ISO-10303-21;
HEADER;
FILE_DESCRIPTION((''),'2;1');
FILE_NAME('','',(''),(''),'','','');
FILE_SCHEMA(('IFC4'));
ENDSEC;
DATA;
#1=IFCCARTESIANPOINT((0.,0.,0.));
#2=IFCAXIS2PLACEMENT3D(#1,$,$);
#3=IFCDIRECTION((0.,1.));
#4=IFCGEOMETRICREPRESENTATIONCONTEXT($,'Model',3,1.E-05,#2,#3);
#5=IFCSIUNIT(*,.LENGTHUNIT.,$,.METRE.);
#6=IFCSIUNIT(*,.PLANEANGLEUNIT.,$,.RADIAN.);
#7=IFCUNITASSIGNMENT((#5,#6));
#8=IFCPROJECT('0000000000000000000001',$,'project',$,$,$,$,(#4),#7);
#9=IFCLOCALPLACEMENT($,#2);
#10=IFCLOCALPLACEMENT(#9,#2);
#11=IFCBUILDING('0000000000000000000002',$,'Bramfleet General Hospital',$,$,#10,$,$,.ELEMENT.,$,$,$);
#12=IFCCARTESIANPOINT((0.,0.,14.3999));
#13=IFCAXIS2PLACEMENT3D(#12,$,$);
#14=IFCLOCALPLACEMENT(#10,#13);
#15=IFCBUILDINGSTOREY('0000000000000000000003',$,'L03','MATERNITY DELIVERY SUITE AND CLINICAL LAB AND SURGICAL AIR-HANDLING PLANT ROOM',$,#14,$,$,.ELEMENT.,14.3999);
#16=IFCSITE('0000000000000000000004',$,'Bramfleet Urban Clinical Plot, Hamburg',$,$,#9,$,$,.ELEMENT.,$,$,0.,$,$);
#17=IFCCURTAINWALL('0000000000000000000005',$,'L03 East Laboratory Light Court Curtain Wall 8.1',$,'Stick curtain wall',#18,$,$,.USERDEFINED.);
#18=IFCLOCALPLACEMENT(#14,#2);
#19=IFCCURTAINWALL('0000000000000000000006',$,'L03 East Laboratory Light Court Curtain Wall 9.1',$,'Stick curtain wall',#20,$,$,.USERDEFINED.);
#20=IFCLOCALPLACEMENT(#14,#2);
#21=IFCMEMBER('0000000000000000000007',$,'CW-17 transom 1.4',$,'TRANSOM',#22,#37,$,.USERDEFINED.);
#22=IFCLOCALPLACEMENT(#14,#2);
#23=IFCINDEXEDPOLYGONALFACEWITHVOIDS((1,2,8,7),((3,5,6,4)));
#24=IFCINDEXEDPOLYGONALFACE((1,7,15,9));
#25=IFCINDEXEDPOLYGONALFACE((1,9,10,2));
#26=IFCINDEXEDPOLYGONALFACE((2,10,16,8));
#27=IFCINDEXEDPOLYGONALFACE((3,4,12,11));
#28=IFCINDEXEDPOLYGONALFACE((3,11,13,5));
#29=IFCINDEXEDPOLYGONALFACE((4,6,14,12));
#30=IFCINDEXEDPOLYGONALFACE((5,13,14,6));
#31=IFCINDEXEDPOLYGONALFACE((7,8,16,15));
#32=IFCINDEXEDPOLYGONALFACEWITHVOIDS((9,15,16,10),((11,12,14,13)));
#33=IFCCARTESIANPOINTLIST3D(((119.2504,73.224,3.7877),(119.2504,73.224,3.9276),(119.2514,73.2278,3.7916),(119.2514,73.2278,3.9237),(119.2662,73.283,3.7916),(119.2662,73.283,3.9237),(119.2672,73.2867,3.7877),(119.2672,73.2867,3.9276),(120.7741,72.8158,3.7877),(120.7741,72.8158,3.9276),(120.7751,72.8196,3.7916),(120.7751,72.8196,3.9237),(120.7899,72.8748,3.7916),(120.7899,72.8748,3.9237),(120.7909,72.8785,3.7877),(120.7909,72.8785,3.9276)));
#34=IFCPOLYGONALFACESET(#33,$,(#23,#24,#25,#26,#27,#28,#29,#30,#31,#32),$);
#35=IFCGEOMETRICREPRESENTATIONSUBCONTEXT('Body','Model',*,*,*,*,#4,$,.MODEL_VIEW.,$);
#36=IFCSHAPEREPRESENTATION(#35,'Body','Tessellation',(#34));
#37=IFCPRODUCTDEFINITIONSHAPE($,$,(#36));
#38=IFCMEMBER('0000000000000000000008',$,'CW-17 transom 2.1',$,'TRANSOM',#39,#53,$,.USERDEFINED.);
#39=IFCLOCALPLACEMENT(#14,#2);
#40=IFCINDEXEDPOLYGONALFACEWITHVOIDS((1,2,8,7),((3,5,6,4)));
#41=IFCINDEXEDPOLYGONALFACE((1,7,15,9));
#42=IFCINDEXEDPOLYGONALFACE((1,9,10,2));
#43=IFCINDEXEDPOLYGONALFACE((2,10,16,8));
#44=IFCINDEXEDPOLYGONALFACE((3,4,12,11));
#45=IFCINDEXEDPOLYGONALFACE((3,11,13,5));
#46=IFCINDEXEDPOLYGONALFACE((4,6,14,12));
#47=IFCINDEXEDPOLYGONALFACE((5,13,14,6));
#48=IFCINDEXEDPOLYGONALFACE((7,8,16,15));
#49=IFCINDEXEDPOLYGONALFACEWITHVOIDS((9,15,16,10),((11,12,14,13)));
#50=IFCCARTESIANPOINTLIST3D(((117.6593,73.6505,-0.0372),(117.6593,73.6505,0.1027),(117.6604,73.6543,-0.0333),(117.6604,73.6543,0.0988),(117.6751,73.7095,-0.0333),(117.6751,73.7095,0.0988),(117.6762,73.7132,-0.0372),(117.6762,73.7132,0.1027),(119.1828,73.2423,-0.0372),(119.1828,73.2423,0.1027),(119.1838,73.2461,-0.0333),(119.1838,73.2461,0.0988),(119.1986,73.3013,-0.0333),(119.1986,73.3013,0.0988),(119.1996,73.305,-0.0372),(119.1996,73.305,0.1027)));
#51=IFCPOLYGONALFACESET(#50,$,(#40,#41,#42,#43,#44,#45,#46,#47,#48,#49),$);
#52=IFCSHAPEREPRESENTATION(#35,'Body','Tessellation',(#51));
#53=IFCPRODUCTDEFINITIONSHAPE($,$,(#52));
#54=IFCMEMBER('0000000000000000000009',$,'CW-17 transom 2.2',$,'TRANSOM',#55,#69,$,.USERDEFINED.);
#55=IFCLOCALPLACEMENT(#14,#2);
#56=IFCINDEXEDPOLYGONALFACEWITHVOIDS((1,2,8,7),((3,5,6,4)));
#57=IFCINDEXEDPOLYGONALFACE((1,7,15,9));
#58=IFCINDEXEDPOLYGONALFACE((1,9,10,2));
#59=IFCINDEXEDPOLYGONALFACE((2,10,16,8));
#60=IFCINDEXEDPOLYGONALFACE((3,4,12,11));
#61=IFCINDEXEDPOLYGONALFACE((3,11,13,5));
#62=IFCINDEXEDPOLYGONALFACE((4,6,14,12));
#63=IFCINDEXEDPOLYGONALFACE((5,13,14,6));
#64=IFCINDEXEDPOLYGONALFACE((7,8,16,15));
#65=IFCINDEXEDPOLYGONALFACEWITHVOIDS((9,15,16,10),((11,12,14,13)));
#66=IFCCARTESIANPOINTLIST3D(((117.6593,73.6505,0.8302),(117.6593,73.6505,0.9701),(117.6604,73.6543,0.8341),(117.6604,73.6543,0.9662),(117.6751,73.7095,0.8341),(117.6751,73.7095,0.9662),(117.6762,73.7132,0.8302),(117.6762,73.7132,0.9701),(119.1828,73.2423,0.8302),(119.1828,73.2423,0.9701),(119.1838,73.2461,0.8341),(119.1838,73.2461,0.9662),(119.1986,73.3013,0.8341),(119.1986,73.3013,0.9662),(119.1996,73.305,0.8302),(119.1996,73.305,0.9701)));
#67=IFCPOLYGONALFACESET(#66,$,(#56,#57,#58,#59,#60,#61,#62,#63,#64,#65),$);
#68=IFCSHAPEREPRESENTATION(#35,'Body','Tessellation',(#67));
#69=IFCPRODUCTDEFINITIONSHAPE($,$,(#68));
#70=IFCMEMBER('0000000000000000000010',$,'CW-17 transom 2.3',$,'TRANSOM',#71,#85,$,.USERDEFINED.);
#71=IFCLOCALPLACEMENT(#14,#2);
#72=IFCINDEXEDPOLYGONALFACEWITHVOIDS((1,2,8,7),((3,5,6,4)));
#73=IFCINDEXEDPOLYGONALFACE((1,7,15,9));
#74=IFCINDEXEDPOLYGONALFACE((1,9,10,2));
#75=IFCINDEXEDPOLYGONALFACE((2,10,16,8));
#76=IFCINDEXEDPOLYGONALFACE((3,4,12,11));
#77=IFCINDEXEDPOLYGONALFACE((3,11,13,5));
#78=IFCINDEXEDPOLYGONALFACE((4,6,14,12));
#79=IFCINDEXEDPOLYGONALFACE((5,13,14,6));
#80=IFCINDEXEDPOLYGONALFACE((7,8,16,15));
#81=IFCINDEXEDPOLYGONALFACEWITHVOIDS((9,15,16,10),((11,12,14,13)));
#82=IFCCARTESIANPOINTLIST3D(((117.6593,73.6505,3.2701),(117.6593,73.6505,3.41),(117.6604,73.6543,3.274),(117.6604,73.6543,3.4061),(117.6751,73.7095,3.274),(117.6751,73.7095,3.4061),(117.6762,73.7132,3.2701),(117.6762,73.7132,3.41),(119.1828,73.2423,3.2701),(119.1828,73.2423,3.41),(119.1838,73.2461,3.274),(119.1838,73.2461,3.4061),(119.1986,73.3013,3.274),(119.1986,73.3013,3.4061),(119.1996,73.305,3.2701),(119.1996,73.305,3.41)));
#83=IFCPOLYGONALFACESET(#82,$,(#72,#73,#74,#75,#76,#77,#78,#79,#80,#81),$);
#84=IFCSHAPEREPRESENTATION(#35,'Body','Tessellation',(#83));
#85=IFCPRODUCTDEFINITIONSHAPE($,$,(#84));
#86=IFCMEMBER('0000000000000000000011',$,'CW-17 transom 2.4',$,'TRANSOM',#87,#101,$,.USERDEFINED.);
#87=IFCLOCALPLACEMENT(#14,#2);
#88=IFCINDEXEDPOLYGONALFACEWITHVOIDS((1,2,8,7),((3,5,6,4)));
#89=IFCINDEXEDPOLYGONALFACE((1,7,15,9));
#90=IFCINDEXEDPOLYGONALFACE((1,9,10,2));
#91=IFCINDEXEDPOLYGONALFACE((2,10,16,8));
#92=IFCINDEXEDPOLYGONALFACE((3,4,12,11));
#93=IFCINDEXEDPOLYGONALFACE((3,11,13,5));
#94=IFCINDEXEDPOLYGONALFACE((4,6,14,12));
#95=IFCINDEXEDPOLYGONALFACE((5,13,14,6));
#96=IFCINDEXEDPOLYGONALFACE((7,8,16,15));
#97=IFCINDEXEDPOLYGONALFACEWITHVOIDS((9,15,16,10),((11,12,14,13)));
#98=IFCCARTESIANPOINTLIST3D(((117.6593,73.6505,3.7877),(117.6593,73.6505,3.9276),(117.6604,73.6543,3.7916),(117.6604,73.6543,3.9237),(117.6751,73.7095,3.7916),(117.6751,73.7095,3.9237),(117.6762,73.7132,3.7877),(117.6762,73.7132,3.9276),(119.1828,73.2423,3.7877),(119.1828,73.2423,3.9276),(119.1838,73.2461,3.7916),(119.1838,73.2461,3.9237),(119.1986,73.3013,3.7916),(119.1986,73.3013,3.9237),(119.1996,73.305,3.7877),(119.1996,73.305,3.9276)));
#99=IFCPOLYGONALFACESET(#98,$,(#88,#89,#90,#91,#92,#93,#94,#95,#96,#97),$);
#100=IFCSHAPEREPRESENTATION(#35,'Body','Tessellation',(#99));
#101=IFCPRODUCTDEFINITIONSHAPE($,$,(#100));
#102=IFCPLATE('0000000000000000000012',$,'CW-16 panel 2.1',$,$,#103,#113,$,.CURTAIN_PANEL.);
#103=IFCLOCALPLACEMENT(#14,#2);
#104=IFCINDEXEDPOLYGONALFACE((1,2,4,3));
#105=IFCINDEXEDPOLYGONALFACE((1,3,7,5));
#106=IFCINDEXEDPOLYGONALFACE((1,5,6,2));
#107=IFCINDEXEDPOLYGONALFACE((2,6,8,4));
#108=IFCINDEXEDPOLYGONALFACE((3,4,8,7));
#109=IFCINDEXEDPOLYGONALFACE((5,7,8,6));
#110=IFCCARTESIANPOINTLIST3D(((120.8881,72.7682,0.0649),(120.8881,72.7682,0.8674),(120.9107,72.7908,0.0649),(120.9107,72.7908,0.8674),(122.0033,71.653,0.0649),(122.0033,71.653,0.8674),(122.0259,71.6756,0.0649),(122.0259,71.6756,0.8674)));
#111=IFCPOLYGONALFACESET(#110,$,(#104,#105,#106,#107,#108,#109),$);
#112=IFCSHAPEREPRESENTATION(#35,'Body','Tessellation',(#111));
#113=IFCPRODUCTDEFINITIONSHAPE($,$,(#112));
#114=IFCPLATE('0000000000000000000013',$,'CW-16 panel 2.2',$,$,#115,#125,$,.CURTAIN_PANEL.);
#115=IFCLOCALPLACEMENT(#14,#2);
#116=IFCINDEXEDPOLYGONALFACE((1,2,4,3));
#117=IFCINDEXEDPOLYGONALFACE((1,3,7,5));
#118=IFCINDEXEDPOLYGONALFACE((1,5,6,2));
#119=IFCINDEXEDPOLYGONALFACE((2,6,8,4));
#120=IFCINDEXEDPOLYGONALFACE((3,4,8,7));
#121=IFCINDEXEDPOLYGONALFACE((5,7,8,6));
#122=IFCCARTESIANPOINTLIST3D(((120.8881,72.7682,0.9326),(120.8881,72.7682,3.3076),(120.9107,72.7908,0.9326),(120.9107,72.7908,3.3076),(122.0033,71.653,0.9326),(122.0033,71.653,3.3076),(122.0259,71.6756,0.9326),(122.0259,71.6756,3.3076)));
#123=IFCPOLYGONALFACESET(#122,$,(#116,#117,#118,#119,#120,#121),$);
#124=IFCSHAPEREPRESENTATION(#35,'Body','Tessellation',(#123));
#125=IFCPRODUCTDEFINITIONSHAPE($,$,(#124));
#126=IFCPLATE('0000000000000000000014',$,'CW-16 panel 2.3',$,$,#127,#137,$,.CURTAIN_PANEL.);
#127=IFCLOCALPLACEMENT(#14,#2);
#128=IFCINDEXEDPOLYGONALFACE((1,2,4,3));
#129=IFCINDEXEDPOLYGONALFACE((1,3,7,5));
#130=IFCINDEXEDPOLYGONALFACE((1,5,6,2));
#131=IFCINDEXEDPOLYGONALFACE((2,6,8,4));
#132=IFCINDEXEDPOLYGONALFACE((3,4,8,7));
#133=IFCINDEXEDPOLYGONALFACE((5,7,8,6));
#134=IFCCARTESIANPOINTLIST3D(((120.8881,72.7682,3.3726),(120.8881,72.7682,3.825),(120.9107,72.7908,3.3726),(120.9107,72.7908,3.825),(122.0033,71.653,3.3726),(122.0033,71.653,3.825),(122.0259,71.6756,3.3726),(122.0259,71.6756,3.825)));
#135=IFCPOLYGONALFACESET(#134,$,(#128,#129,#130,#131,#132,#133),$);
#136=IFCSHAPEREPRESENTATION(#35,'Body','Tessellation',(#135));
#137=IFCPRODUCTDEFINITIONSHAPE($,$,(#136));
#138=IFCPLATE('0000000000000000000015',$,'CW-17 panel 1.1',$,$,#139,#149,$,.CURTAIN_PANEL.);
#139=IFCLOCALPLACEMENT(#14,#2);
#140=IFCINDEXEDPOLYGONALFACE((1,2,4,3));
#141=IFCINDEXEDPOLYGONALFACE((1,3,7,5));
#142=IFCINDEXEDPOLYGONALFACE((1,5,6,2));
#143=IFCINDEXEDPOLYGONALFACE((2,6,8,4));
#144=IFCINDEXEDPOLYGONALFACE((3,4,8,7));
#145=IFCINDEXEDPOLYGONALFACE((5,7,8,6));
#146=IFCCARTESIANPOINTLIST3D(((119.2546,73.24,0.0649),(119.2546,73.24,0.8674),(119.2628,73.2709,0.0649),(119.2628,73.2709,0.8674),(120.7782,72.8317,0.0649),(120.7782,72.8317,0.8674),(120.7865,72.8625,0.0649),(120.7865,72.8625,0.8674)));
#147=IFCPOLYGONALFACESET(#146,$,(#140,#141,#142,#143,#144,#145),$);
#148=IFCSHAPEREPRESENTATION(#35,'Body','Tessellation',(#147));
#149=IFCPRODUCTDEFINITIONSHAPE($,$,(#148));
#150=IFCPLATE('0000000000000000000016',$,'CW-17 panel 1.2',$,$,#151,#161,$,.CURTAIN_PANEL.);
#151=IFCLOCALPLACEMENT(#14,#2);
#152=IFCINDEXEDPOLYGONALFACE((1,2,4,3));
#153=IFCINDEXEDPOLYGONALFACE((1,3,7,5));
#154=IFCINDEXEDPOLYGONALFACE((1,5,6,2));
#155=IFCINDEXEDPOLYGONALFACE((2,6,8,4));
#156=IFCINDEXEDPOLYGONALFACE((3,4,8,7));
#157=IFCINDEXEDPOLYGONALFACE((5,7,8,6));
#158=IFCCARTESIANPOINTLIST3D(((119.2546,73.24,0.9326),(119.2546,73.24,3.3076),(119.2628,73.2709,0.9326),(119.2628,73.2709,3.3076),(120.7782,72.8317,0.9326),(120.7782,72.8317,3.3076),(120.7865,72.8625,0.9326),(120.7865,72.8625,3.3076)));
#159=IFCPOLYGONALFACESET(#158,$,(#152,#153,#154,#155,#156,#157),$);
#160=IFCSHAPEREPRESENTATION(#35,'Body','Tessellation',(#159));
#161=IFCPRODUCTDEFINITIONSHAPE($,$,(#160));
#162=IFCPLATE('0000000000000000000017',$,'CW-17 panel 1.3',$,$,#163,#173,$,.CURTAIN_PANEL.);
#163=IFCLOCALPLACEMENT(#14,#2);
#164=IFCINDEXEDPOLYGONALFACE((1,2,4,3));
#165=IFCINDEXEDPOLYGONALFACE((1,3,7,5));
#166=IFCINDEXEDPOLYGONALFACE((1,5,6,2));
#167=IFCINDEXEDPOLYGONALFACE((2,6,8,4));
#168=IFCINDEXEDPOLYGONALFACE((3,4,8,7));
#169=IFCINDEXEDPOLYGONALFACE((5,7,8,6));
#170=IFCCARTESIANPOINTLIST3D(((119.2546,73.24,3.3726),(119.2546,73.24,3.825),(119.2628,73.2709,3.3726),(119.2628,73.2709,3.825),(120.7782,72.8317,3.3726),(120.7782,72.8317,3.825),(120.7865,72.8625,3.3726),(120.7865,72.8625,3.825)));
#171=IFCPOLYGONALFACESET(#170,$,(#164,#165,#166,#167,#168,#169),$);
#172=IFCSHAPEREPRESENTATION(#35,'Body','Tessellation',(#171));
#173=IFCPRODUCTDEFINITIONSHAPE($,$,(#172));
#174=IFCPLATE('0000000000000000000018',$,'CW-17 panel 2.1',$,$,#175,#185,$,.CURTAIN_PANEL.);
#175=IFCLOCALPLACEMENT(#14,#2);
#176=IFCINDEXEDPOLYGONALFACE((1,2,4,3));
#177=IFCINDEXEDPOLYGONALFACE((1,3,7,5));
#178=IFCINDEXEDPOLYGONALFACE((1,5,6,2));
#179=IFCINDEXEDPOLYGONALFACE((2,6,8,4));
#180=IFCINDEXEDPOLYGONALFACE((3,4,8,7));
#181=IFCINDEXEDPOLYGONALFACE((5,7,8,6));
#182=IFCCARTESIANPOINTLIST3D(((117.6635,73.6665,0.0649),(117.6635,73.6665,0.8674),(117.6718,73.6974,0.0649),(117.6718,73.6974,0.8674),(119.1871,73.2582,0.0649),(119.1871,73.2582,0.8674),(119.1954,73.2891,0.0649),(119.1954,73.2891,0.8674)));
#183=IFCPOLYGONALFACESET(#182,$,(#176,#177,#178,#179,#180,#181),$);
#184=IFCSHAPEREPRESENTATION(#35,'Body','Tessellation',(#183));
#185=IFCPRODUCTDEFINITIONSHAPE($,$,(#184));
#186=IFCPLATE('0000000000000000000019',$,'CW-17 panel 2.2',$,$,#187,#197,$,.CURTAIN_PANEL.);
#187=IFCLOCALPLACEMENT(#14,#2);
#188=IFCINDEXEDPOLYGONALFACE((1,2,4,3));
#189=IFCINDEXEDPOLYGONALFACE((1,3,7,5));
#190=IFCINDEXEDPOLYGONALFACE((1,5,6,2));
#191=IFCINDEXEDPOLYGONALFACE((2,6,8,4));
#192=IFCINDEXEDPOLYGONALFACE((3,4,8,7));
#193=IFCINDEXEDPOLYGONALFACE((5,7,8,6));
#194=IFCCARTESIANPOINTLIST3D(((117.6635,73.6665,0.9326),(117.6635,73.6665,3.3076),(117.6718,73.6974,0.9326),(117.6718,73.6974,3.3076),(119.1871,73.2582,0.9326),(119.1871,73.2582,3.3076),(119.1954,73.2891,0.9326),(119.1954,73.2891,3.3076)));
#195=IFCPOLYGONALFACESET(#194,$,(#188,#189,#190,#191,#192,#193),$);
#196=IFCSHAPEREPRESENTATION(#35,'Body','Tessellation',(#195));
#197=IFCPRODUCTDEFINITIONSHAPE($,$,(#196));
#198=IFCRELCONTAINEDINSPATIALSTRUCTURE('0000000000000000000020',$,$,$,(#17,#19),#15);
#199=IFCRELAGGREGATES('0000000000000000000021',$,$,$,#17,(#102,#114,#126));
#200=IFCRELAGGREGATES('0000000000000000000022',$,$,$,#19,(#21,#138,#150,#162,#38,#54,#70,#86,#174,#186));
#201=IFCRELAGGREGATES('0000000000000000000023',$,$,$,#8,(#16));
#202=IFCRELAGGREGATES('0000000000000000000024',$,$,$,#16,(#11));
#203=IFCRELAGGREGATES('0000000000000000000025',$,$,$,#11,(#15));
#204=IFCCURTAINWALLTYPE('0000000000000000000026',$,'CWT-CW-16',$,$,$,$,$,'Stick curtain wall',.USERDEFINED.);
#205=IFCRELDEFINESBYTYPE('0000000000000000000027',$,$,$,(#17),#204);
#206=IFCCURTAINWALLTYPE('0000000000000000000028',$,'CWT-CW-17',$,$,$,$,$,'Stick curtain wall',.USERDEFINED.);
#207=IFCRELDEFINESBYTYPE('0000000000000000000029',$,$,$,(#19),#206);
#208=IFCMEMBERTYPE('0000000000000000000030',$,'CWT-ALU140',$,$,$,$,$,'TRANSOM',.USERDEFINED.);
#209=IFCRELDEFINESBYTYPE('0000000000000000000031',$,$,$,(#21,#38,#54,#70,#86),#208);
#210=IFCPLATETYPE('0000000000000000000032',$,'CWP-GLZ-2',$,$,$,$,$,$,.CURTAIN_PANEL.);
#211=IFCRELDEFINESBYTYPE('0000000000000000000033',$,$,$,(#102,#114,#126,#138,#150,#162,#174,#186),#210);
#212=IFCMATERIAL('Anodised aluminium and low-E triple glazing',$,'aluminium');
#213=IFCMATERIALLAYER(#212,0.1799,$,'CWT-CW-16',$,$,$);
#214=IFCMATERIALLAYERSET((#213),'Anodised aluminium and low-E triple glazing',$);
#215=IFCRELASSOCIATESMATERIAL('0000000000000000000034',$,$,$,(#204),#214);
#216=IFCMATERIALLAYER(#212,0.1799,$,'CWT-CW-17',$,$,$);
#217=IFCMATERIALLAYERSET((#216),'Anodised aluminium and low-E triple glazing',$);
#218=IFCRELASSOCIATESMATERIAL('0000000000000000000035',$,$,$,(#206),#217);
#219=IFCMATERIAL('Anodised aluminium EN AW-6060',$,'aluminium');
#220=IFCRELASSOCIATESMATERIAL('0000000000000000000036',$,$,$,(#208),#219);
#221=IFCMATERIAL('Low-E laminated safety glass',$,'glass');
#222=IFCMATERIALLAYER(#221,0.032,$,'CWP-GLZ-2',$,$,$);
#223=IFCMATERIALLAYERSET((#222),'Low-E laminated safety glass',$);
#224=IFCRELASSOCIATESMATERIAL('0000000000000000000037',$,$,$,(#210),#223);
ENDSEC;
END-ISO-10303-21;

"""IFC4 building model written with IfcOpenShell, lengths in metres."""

from ifc_helpers import new_model, si_unit, direction, frame, origin, origin_2d, place, context, subcontext, project, spatial, rectangle, hollow_rectangle, extrude, material, layer, layer_set, material_profile, profile_set, type_object, element, aggregate, save


model = new_model("IFC4")

# Units and contexts
model_context = context("Model", 3, precision=1e-05, world=origin(), true_north=direction((0.0, 1.0)))
body_context = subcontext(model_context, "Body", "Model", "MODEL_VIEW")
ifc_project = project(units=[si_unit("LENGTHUNIT", "METRE"), si_unit("PLANEANGLEUNIT", "RADIAN")], contexts=[model_context])

# Site, building, storey
site_placement = place(None, origin())
site = spatial("IfcSite", under=ifc_project, at=site_placement, Name="Bramfleet Urban Clinical Plot, Hamburg", CompositionType="ELEMENT", RefElevation=0.0)
building_placement = place(site_placement, origin())
building = spatial("IfcBuilding", under=site, at=building_placement, Name="Bramfleet General Hospital", CompositionType="ELEMENT")
storey_placement = place(building_placement, frame((0.0, 0.0, 14.3999)))
storey = spatial("IfcBuildingStorey", under=building, at=storey_placement, Name="L03", Description="MATERNITY DELIVERY SUITE AND CLINICAL LAB AND SURGICAL AIR-HANDLING PLANT ROOM", CompositionType="ELEMENT", Elevation=14.3999)

# Curtain wall
ifc_material_1 = material(Name="Anodised aluminium and low-E triple glazing", Category="aluminium")
ifc_layer_1 = layer(ifc_material_1, 0.1799, Name="CWT-CW-16")
ifc_layer_set_1 = layer_set([ifc_layer_1], Name="Anodised aluminium and low-E triple glazing")
curtain_wall_type_1 = type_object("IfcCurtainWallType", Name="CWT-CW-16", ElementType="Stick curtain wall", PredefinedType="USERDEFINED", material=ifc_layer_set_1)
curtain_wall_1_placement = place(storey_placement, origin())
curtain_wall_1 = element("IfcCurtainWall", 1, at=curtain_wall_1_placement, inside=storey, type_object=curtain_wall_type_1, Name="L03 East Laboratory Light Court Curtain Wall 8.1", ObjectType="Stick curtain wall", PredefinedType="USERDEFINED")
ifc_material_2 = material(Name="Anodised aluminium EN AW-6060", Category="aluminium")

# Curtain wall, members
ifc_layer_2 = layer(ifc_material_1, 0.1799, Name="CWT-CW-17")
ifc_layer_set_2 = layer_set([ifc_layer_2], Name="Anodised aluminium and low-E triple glazing")
curtain_wall_type_2 = type_object("IfcCurtainWallType", Name="CWT-CW-17", ElementType="Stick curtain wall", PredefinedType="USERDEFINED", material=ifc_layer_set_2)
curtain_wall_2_placement = place(storey_placement, origin())
curtain_wall_2 = element("IfcCurtainWall", 2, at=curtain_wall_2_placement, inside=storey, type_object=curtain_wall_type_2, Name="L03 East Laboratory Light Court Curtain Wall 9.1", ObjectType="Stick curtain wall", PredefinedType="USERDEFINED")
ifc_material_profile_1 = material_profile(ifc_material_2, hollow_rectangle(XDim=0.0649, YDim=0.1399, WallThickness=0.0039, at=origin_2d()), Name="ALU 140x65x4.0")
ifc_profile_set_1 = profile_set([ifc_material_profile_1], Name="Anodised aluminium EN AW-6060")
member_type_1 = type_object("IfcMemberType", Name="CWT-ALU140", ElementType="TRANSOM", PredefinedType="USERDEFINED", material=ifc_profile_set_1)
member_1_placement = place(storey_placement, frame((120.7825, 72.8472, 3.8577), z_axis=(-0.965936, 0.25878, 0.0), x_axis=(-0.25878, -0.965936, 0.0)))
member_1 = element("IfcMember", 3, at=member_1_placement, type_object=member_type_1, Name="CW-17 transom 1.4", ObjectType="TRANSOM", PredefinedType="USERDEFINED", context=body_context, shape_type="SweptSolid", body=[
    extrude(hollow_rectangle(XDim=0.0649, YDim=0.1399, WallThickness=0.0039, at=origin_2d()), origin(), (0.0, 0.0, 1.0), 1.5774),
])
member_2_placement = place(storey_placement, frame((119.1912, 73.2737, 0.0327), z_axis=(-0.965926, 0.258819, 0.0), x_axis=(-0.258819, -0.965926, 0.0)))
member_2 = element("IfcMember", 4, at=member_2_placement, type_object=member_type_1, Name="CW-17 transom 2.1", ObjectType="TRANSOM", PredefinedType="USERDEFINED", context=body_context, shape_type="SweptSolid", body=[
    extrude(hollow_rectangle(XDim=0.0649, YDim=0.1399, WallThickness=0.0039, at=origin_2d()), origin(), (0.0, 0.0, 1.0), 1.5771),
])
member_3_placement = place(storey_placement, frame((119.1912, 73.2737, 0.9001), z_axis=(-0.965926, 0.258819, 0.0), x_axis=(-0.258819, -0.965926, 0.0)))
member_3 = element("IfcMember", 5, at=member_3_placement, type_object=member_type_1, Name="CW-17 transom 2.2", ObjectType="TRANSOM", PredefinedType="USERDEFINED", context=body_context, shape_type="SweptSolid", body=[
    extrude(hollow_rectangle(XDim=0.0649, YDim=0.1399, WallThickness=0.0039, at=origin_2d()), origin(), (0.0, 0.0, 1.0), 1.5771),
])
member_4_placement = place(storey_placement, frame((119.1912, 73.2737, 3.3401), z_axis=(-0.965926, 0.258819, 0.0), x_axis=(-0.258819, -0.965926, 0.0)))
member_4 = element("IfcMember", 6, at=member_4_placement, type_object=member_type_1, Name="CW-17 transom 2.3", ObjectType="TRANSOM", PredefinedType="USERDEFINED", context=body_context, shape_type="SweptSolid", body=[
    extrude(hollow_rectangle(XDim=0.0649, YDim=0.1399, WallThickness=0.0039, at=origin_2d()), origin(), (0.0, 0.0, 1.0), 1.5771),
])
member_5_placement = place(storey_placement, frame((119.1912, 73.2737, 3.8577), z_axis=(-0.965926, 0.258819, 0.0), x_axis=(-0.258819, -0.965926, 0.0)))
member_5 = element("IfcMember", 7, at=member_5_placement, type_object=member_type_1, Name="CW-17 transom 2.4", ObjectType="TRANSOM", PredefinedType="USERDEFINED", context=body_context, shape_type="SweptSolid", body=[
    extrude(hollow_rectangle(XDim=0.0649, YDim=0.1399, WallThickness=0.0039, at=origin_2d()), origin(), (0.0, 0.0, 1.0), 1.5771),
])

# Plates
ifc_material_3 = material(Name="Low-E laminated safety glass", Category="glass")
ifc_layer_3 = layer(ifc_material_3, 0.032, Name="CWP-GLZ-2")
ifc_layer_set_3 = layer_set([ifc_layer_3], Name="Low-E laminated safety glass")
plate_type = type_object("IfcPlateType", Name="CWP-GLZ-2", PredefinedType="CURTAIN_PANEL", material=ifc_layer_set_3)
plate_1_placement = place(storey_placement, frame((121.457, 72.2219, 0.0649), z_axis=(0.0, 0.0, 1.0), x_axis=(-0.707107, 0.707107, 0.0)))
plate_1 = element("IfcPlate", 8, at=plate_1_placement, type_object=plate_type, Name="CW-16 panel 2.1", PredefinedType="CURTAIN_PANEL", context=body_context, shape_type="SweptSolid", body=[
    extrude(rectangle(XDim=1.5771, YDim=0.032, at=origin_2d()), origin(), (0.0, 0.0, 1.0), 0.8025),
])
plate_2_placement = place(storey_placement, frame((121.457, 72.2219, 0.9326), z_axis=(0.0, 0.0, 1.0), x_axis=(-0.707107, 0.707107, 0.0)))
plate_2 = element("IfcPlate", 9, at=plate_2_placement, type_object=plate_type, Name="CW-16 panel 2.2", PredefinedType="CURTAIN_PANEL", context=body_context, shape_type="SweptSolid", body=[
    extrude(rectangle(XDim=1.5771, YDim=0.032, at=origin_2d()), origin(), (0.0, 0.0, 1.0), 2.375),
])
plate_3_placement = place(storey_placement, frame((121.457, 72.2219, 3.3726), z_axis=(0.0, 0.0, 1.0), x_axis=(-0.707107, 0.707107, 0.0)))
plate_3 = element("IfcPlate", 10, at=plate_3_placement, type_object=plate_type, Name="CW-16 panel 2.3", PredefinedType="CURTAIN_PANEL", context=body_context, shape_type="SweptSolid", body=[
    extrude(rectangle(XDim=1.5771, YDim=0.032, at=origin_2d()), origin(), (0.0, 0.0, 1.0), 0.4524),
])
aggregate(curtain_wall_1, [plate_1, plate_2, plate_3])
plate_4_placement = place(storey_placement, frame((120.0205, 73.0513, 0.0649), z_axis=(0.0, 0.0, 1.0), x_axis=(-0.965914, 0.258865, 0.0)))
plate_4 = element("IfcPlate", 11, at=plate_4_placement, type_object=plate_type, Name="CW-17 panel 1.1", PredefinedType="CURTAIN_PANEL", context=body_context, shape_type="SweptSolid", body=[
    extrude(rectangle(XDim=1.5774, YDim=0.032, at=origin_2d()), origin(), (0.0, 0.0, 1.0), 0.8025),
])
plate_5_placement = place(storey_placement, frame((120.0205, 73.0513, 0.9326), z_axis=(0.0, 0.0, 1.0), x_axis=(-0.965914, 0.258865, 0.0)))
plate_5 = element("IfcPlate", 12, at=plate_5_placement, type_object=plate_type, Name="CW-17 panel 1.2", PredefinedType="CURTAIN_PANEL", context=body_context, shape_type="SweptSolid", body=[
    extrude(rectangle(XDim=1.5774, YDim=0.032, at=origin_2d()), origin(), (0.0, 0.0, 1.0), 2.375),
])
plate_6_placement = place(storey_placement, frame((120.0205, 73.0513, 3.3726), z_axis=(0.0, 0.0, 1.0), x_axis=(-0.965914, 0.258865, 0.0)))
plate_6 = element("IfcPlate", 13, at=plate_6_placement, type_object=plate_type, Name="CW-17 panel 1.3", PredefinedType="CURTAIN_PANEL", context=body_context, shape_type="SweptSolid", body=[
    extrude(rectangle(XDim=1.5774, YDim=0.032, at=origin_2d()), origin(), (0.0, 0.0, 1.0), 0.4524),
])
plate_7_placement = place(storey_placement, frame((118.4294, 73.4778, 0.0649), z_axis=(0.0, 0.0, 1.0), x_axis=(-0.965914, 0.258865, 0.0)))
plate_7 = element("IfcPlate", 14, at=plate_7_placement, type_object=plate_type, Name="CW-17 panel 2.1", PredefinedType="CURTAIN_PANEL", context=body_context, shape_type="SweptSolid", body=[
    extrude(rectangle(XDim=1.5774, YDim=0.032, at=origin_2d()), origin(), (0.0, 0.0, 1.0), 0.8025),
])
plate_8_placement = place(storey_placement, frame((118.4294, 73.4778, 0.9326), z_axis=(0.0, 0.0, 1.0), x_axis=(-0.965914, 0.258865, 0.0)))
plate_8 = element("IfcPlate", 15, at=plate_8_placement, type_object=plate_type, Name="CW-17 panel 2.2", PredefinedType="CURTAIN_PANEL", context=body_context, shape_type="SweptSolid", body=[
    extrude(rectangle(XDim=1.5774, YDim=0.032, at=origin_2d()), origin(), (0.0, 0.0, 1.0), 2.375),
])
aggregate(curtain_wall_2, [member_1, plate_4, plate_5, plate_6, member_2, member_3, member_4, member_5, plate_7, plate_8])

save(model, "model.ifc")
